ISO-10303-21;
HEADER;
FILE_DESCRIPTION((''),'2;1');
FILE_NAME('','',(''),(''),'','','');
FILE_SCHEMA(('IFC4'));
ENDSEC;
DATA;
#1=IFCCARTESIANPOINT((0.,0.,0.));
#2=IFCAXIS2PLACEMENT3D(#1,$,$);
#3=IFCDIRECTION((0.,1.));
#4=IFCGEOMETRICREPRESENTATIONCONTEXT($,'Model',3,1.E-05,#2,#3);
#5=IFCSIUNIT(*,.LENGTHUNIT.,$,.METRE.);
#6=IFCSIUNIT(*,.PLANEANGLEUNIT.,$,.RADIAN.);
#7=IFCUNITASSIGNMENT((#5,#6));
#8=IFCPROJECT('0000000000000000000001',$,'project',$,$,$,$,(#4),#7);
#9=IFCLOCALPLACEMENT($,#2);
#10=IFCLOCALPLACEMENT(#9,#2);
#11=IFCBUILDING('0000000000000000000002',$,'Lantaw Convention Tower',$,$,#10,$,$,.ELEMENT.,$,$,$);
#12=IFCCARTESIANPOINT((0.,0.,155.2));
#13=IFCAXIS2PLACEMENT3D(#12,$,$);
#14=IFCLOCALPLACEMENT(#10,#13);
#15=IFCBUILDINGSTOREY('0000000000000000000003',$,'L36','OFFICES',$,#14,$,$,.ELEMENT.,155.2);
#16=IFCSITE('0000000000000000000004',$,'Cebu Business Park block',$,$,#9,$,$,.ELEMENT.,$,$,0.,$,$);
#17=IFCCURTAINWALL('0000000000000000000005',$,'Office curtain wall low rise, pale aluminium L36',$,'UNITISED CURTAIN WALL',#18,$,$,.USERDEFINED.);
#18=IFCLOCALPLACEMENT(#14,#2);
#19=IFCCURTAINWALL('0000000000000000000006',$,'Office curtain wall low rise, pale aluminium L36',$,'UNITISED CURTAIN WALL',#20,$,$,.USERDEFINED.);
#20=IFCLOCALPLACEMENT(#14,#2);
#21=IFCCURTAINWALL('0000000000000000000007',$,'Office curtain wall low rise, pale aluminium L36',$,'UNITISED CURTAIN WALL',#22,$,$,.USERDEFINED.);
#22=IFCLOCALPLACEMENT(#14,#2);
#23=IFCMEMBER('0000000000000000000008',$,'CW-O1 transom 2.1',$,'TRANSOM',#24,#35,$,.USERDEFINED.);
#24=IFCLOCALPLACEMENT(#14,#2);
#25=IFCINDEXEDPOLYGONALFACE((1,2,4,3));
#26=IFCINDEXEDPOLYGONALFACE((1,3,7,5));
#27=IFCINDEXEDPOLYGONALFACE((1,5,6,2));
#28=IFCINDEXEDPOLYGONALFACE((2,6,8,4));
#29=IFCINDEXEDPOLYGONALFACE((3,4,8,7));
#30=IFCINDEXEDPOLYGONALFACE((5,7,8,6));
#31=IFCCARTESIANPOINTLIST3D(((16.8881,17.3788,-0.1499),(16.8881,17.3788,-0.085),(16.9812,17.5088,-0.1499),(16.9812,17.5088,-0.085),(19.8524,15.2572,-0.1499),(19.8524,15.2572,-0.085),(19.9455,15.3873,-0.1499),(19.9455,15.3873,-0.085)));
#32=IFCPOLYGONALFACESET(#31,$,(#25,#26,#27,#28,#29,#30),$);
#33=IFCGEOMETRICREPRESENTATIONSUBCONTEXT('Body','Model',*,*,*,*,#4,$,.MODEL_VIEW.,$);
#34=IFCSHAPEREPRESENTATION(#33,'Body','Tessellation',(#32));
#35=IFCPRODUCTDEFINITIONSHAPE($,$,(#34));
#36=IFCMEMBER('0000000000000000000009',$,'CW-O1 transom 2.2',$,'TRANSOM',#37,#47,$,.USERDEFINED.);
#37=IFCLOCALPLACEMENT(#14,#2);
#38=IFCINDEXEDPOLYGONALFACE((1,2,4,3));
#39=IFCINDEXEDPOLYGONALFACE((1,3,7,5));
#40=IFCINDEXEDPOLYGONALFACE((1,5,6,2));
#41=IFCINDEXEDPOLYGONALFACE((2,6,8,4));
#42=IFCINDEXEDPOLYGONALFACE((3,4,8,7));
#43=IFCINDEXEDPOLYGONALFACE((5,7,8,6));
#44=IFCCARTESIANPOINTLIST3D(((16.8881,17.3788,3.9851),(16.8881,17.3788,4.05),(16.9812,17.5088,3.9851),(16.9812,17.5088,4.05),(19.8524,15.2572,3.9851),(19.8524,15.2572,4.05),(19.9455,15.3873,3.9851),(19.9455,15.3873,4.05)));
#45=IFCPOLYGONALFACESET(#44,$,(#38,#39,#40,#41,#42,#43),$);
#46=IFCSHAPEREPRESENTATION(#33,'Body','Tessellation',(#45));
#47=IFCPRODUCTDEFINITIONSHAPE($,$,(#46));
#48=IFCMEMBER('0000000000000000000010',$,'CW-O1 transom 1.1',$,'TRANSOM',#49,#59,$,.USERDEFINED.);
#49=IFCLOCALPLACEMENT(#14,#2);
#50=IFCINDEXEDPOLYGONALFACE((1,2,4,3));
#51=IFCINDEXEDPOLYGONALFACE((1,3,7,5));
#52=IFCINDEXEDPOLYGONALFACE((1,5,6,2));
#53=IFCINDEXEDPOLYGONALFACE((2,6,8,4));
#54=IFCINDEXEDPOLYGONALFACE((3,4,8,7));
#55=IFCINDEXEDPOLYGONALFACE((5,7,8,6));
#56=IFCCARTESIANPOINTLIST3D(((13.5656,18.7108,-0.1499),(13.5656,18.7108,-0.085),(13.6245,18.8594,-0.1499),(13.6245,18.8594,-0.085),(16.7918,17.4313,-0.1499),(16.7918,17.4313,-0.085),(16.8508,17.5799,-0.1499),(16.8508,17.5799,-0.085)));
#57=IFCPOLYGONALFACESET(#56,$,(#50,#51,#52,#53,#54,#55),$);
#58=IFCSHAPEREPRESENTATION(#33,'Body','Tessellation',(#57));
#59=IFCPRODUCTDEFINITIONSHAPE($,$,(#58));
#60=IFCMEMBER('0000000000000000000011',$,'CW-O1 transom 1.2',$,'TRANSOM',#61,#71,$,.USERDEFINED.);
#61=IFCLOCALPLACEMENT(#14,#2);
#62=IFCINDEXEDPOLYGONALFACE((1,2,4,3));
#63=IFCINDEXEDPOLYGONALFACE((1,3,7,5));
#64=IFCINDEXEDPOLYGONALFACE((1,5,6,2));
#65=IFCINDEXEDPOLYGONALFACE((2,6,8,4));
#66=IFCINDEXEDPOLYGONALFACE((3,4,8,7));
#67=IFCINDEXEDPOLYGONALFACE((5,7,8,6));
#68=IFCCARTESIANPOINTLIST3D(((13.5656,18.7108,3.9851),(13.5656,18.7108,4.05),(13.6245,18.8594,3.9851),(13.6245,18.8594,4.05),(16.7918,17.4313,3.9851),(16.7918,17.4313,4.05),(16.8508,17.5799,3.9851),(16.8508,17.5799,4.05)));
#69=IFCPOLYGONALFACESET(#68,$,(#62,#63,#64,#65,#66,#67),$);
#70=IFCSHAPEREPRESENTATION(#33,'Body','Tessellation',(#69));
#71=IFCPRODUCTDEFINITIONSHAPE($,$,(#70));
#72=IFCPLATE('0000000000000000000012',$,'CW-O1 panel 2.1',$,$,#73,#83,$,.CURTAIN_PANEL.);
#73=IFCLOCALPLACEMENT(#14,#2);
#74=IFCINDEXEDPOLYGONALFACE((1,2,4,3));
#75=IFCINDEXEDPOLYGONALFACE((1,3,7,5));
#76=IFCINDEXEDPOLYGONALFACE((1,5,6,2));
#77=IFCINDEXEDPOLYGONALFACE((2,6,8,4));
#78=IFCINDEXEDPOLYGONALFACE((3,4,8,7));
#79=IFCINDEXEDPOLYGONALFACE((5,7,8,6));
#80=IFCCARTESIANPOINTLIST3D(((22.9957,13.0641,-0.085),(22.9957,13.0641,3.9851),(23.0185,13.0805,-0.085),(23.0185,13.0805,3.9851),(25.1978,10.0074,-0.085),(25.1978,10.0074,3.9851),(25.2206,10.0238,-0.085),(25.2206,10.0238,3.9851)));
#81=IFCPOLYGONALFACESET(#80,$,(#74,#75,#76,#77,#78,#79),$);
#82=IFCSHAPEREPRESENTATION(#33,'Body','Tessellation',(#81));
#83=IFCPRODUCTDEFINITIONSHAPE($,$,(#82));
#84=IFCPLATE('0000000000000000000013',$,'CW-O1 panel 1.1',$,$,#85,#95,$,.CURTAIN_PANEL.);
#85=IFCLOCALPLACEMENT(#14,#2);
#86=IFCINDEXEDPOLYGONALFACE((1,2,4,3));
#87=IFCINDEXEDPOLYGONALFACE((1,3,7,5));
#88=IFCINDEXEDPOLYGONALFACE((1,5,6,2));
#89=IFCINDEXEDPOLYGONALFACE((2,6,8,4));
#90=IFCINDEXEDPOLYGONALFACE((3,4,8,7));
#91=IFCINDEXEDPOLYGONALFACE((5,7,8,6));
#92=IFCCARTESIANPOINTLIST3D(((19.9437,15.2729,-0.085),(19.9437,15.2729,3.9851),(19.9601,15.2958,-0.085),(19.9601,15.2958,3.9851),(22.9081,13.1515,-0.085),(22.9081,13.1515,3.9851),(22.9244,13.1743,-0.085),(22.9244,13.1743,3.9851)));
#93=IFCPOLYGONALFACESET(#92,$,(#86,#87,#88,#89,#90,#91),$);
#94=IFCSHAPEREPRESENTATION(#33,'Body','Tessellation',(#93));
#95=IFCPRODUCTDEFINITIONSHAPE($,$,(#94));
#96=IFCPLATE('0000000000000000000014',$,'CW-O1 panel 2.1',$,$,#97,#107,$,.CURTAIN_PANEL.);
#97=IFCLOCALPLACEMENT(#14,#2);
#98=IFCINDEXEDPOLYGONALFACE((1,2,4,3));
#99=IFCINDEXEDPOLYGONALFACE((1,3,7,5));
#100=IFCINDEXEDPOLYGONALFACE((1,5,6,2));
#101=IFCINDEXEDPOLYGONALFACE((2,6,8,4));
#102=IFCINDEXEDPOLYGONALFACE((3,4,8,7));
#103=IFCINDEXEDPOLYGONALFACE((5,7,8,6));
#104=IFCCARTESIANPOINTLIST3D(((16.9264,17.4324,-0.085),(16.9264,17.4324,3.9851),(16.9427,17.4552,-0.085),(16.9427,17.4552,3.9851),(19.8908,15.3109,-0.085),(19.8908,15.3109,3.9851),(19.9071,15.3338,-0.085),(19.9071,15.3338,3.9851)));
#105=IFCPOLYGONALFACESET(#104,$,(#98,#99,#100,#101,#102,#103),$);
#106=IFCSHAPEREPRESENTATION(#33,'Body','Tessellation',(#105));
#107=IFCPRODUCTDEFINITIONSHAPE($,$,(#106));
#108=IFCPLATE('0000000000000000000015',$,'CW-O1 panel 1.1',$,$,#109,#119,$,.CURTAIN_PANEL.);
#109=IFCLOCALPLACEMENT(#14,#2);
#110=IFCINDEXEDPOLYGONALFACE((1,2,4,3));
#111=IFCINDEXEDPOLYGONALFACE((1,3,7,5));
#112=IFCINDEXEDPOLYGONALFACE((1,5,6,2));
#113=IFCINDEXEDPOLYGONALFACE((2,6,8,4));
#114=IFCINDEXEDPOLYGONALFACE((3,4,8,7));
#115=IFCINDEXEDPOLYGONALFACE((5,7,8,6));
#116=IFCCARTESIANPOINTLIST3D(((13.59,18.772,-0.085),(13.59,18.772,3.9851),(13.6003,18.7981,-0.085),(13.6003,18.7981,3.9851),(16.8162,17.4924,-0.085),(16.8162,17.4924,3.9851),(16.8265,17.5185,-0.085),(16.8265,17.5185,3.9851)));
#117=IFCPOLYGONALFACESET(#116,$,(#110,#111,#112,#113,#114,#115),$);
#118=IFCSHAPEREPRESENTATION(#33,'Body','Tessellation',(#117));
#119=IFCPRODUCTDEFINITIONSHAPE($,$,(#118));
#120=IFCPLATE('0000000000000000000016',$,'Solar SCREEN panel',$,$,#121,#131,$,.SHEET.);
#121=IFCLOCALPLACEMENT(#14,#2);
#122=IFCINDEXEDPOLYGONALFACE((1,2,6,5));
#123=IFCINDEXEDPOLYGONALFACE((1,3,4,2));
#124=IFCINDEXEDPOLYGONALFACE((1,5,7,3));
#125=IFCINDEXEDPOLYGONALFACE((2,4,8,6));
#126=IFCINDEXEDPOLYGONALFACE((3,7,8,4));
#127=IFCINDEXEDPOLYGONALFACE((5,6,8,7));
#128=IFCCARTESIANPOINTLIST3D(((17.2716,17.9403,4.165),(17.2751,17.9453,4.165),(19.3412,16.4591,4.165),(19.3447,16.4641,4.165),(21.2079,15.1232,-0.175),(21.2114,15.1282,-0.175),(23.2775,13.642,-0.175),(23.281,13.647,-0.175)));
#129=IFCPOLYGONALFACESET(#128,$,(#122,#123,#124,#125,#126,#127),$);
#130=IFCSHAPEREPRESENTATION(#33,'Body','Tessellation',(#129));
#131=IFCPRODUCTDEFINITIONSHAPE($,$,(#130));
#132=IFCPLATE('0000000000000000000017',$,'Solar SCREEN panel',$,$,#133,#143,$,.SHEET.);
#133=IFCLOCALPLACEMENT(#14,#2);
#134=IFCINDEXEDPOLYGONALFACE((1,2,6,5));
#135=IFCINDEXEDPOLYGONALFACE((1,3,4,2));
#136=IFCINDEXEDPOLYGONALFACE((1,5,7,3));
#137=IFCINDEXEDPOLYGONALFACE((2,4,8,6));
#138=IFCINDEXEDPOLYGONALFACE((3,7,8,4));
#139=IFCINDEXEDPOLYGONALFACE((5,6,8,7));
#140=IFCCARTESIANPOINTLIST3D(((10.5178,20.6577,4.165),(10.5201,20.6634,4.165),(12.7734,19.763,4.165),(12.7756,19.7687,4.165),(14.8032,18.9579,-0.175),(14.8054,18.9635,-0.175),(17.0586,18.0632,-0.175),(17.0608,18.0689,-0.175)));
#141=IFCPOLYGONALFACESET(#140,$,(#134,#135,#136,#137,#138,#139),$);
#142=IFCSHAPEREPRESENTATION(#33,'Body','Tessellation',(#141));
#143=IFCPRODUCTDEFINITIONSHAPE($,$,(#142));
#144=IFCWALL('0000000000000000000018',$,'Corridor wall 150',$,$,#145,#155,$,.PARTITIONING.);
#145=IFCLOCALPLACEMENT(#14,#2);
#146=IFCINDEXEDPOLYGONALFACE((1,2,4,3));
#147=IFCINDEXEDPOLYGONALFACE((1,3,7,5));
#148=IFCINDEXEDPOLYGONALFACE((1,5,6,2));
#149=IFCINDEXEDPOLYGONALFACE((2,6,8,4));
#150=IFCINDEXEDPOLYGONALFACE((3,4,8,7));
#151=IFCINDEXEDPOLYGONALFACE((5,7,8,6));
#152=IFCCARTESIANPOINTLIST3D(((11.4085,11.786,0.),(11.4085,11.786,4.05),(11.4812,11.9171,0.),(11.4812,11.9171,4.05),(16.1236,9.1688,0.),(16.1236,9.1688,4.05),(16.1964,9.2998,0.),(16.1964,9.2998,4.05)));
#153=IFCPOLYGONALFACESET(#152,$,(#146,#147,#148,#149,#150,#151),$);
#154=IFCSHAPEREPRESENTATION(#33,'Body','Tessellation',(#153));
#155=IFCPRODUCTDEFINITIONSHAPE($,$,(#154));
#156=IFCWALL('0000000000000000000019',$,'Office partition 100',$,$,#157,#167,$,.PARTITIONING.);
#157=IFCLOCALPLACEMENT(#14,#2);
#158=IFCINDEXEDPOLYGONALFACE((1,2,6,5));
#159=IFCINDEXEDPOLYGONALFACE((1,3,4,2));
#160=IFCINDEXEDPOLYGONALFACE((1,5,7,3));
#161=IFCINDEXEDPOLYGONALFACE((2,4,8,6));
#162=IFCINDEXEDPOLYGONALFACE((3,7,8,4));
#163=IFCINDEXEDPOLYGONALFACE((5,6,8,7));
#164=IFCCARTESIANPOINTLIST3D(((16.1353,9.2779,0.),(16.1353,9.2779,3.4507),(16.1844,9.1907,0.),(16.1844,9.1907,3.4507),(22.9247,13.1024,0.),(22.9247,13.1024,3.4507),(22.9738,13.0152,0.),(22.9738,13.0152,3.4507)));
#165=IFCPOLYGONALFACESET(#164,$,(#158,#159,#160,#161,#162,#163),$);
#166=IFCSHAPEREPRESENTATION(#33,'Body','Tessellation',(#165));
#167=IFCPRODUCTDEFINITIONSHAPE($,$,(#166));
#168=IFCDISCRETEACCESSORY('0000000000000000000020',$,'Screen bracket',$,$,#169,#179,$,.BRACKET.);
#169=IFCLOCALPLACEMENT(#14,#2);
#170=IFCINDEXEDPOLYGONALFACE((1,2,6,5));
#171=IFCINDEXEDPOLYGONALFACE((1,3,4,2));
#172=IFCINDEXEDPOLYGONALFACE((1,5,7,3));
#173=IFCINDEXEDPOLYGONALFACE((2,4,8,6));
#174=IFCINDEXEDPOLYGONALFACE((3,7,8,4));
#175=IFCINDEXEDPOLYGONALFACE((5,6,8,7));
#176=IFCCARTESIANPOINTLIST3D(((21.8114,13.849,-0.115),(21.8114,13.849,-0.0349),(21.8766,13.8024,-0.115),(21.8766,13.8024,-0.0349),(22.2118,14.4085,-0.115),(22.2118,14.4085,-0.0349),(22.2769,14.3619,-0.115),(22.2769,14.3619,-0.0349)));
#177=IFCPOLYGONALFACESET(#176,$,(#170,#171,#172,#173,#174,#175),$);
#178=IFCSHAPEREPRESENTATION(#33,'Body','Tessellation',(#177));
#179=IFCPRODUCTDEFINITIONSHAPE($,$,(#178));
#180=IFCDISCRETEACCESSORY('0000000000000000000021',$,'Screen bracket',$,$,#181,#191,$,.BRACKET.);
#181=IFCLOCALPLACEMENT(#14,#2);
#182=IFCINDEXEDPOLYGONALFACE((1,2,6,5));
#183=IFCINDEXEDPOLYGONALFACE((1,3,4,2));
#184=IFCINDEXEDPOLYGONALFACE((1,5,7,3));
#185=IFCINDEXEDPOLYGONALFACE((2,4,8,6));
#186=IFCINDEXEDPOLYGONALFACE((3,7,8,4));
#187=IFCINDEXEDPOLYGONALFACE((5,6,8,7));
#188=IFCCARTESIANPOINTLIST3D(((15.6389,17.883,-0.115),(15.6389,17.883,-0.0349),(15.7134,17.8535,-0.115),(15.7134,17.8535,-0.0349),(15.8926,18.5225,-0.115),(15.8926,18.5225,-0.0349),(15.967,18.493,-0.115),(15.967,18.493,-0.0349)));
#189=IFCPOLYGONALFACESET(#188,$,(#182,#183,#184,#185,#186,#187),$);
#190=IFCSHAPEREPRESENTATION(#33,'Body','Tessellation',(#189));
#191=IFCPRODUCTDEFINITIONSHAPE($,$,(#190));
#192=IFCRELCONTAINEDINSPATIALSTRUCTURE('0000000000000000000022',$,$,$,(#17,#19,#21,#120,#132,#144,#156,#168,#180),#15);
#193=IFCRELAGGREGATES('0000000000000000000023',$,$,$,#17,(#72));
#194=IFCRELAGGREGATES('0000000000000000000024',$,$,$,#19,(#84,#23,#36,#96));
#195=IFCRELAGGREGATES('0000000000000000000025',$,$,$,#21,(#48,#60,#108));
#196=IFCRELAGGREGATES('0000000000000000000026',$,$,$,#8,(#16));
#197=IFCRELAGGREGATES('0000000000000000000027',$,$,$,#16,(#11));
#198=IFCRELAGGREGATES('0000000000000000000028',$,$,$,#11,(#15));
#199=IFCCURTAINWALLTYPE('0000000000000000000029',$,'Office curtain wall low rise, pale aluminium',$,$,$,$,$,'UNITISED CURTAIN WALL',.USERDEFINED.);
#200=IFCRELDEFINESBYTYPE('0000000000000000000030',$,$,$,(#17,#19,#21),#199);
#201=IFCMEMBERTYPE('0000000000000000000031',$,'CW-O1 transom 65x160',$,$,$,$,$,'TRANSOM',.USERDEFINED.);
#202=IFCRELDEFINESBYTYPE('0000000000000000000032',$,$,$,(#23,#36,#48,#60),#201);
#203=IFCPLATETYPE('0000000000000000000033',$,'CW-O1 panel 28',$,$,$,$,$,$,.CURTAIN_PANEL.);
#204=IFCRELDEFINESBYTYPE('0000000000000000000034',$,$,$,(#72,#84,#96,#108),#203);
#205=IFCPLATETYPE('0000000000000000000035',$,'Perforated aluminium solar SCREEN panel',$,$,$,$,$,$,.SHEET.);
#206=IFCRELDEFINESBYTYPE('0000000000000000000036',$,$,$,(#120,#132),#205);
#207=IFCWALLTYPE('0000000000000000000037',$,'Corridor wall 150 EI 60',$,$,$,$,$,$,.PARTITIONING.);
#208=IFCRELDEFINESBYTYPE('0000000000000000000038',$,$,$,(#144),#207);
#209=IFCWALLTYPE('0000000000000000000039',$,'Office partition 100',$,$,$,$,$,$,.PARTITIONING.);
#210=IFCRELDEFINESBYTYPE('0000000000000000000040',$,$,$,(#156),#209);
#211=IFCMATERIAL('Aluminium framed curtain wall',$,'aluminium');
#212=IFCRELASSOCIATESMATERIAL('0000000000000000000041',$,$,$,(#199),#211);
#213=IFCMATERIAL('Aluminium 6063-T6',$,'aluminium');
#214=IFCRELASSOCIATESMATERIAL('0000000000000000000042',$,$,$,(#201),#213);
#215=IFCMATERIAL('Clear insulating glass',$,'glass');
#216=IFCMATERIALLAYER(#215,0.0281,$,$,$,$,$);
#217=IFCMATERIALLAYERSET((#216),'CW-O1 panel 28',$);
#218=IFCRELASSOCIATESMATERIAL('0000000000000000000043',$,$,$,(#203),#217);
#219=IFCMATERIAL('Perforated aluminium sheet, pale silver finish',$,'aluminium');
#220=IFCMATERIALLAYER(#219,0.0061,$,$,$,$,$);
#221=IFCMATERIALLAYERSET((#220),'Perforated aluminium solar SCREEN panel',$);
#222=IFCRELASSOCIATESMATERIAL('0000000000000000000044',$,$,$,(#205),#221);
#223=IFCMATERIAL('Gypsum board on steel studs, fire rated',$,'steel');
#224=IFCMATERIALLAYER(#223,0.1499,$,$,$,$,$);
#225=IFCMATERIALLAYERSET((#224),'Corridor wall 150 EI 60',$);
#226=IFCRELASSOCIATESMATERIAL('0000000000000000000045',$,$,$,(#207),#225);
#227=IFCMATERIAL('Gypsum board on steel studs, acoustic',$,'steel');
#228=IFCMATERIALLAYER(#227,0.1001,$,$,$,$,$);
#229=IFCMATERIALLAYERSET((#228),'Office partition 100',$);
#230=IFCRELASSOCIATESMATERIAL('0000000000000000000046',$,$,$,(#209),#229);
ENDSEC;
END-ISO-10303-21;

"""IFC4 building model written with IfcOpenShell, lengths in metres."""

from ifc_helpers import new_model, si_unit, direction, frame, frame_2d, origin, origin_2d, place, context, subcontext, project, spatial, polyline, rectangle, outline, extrude, material, layer, layer_set, material_profile, profile_set, type_object, element, aggregate, save


model = new_model("IFC4")

# Units and contexts
model_context = context("Model", 3, precision=1e-05, world=origin(), true_north=direction((0.0, 1.0)))
body_context = subcontext(model_context, "Body", "Model", "MODEL_VIEW")
ifc_project = project(units=[si_unit("LENGTHUNIT", "METRE"), si_unit("PLANEANGLEUNIT", "RADIAN")], contexts=[model_context])

# Site, building, storey
site_placement = place(None, origin())
site = spatial("IfcSite", under=ifc_project, at=site_placement, Name="Cebu Business Park block", CompositionType="ELEMENT", RefElevation=0.0)
building_placement = place(site_placement, origin())
building = spatial("IfcBuilding", under=site, at=building_placement, Name="Lantaw Convention Tower", CompositionType="ELEMENT")
storey_placement = place(building_placement, frame((0.0, 0.0, 155.2)))
storey = spatial("IfcBuildingStorey", under=building, at=storey_placement, Name="L36", Description="OFFICES", CompositionType="ELEMENT", Elevation=155.2)

# Curtain walls
ifc_material_1 = material(Name="Aluminium framed curtain wall", Category="aluminium")
curtain_wall_type = type_object("IfcCurtainWallType", Name="Office curtain wall low rise, pale aluminium", ElementType="UNITISED CURTAIN WALL", PredefinedType="USERDEFINED", material=ifc_material_1)
curtain_wall_1_placement = place(storey_placement, origin())
curtain_wall_1 = element("IfcCurtainWall", 1, at=curtain_wall_1_placement, inside=storey, type_object=curtain_wall_type, Name="Office curtain wall low rise, pale aluminium L36", ObjectType="UNITISED CURTAIN WALL", PredefinedType="USERDEFINED")
ifc_material_2 = material(Name="Aluminium 6063-T6", Category="aluminium")
curtain_wall_2_placement = place(storey_placement, origin())
curtain_wall_2 = element("IfcCurtainWall", 2, at=curtain_wall_2_placement, inside=storey, type_object=curtain_wall_type, Name="Office curtain wall low rise, pale aluminium L36", ObjectType="UNITISED CURTAIN WALL", PredefinedType="USERDEFINED")
curtain_wall_3_placement = place(storey_placement, origin())
curtain_wall_3 = element("IfcCurtainWall", 3, at=curtain_wall_3_placement, inside=storey, type_object=curtain_wall_type, Name="Office curtain wall low rise, pale aluminium L36", ObjectType="UNITISED CURTAIN WALL", PredefinedType="USERDEFINED")

# Members
ifc_material_profile_1 = material_profile(ifc_material_2, rectangle(XDim=0.1599, YDim=0.0649, at=origin_2d()), Name="CW-O1 transom 65x160")
ifc_profile_set_1 = profile_set([ifc_material_profile_1], Name="Aluminium 6063-T6")
member_type_1 = type_object("IfcMemberType", Name="CW-O1 transom 65x160", ElementType="TRANSOM", PredefinedType="USERDEFINED", material=ifc_profile_set_1)
member_1_placement = place(storey_placement, frame((19.8989, 15.3223, -0.1174), z_axis=(-0.81319, 0.581998, 0.0), x_axis=(-0.581998, -0.81319, 0.0)))
member_1 = element("IfcMember", 4, at=member_1_placement, type_object=member_type_1, Name="CW-O1 transom 2.1", ObjectType="TRANSOM", PredefinedType="USERDEFINED", context=body_context, shape_type="SweptSolid", body=[
    extrude(rectangle(XDim=0.1599, YDim=0.0649, at=origin_2d()), origin(), (0.0, 0.0, 1.0), 3.6453),
])
member_2_placement = place(storey_placement, frame((19.8989, 15.3223, 4.0176), z_axis=(-0.81319, 0.581998, 0.0), x_axis=(-0.581998, -0.81319, 0.0)))
member_2 = element("IfcMember", 5, at=member_2_placement, type_object=member_type_1, Name="CW-O1 transom 2.2", ObjectType="TRANSOM", PredefinedType="USERDEFINED", context=body_context, shape_type="SweptSolid", body=[
    extrude(rectangle(XDim=0.1599, YDim=0.0649, at=origin_2d()), origin(), (0.0, 0.0, 1.0), 3.6453),
])
member_3_placement = place(storey_placement, frame((16.8213, 17.5056, -0.1174), z_axis=(-0.929564, 0.36866, 0.0), x_axis=(-0.36866, -0.929564, 0.0)))
member_3 = element("IfcMember", 6, at=member_3_placement, type_object=member_type_1, Name="CW-O1 transom 1.1", ObjectType="TRANSOM", PredefinedType="USERDEFINED", context=body_context, shape_type="SweptSolid", body=[
    extrude(rectangle(XDim=0.1599, YDim=0.0649, at=origin_2d()), origin(), (0.0, 0.0, 1.0), 3.4707),
])
member_4_placement = place(storey_placement, frame((16.8213, 17.5056, 4.0176), z_axis=(-0.929564, 0.36866, 0.0), x_axis=(-0.36866, -0.929564, 0.0)))
member_4 = element("IfcMember", 7, at=member_4_placement, type_object=member_type_1, Name="CW-O1 transom 1.2", ObjectType="TRANSOM", PredefinedType="USERDEFINED", context=body_context, shape_type="SweptSolid", body=[
    extrude(rectangle(XDim=0.1599, YDim=0.0649, at=origin_2d()), origin(), (0.0, 0.0, 1.0), 3.4707),
])

# Plates
ifc_material_3 = material(Name="Clear insulating glass", Category="glass")
ifc_layer_1 = layer(ifc_material_3, 0.0281)
ifc_layer_set_1 = layer_set([ifc_layer_1], Name="CW-O1 panel 28")
plate_type_1 = type_object("IfcPlateType", Name="CW-O1 panel 28", PredefinedType="CURTAIN_PANEL", material=ifc_layer_set_1)
plate_1_placement = place(storey_placement, frame((24.1082, 11.5439, -0.085), z_axis=(0.0, 0.0, 1.0), x_axis=(-0.584513, 0.811385, 0.0)))
plate_1 = element("IfcPlate", 8, at=plate_1_placement, type_object=plate_type_1, Name="CW-O1 panel 2.1", PredefinedType="CURTAIN_PANEL", context=body_context, shape_type="SweptSolid", body=[
    extrude(rectangle(XDim=3.7673, YDim=0.0281, at=origin_2d()), origin(), (0.0, 0.0, 1.0), 4.0701),
])
aggregate(curtain_wall_1, [plate_1])
plate_2_placement = place(storey_placement, frame((21.4341, 14.2236, -0.085), z_axis=(0.0, 0.0, 1.0), x_axis=(-0.813208, 0.581973, 0.0)))
plate_2 = element("IfcPlate", 9, at=plate_2_placement, type_object=plate_type_1, Name="CW-O1 panel 1.1", PredefinedType="CURTAIN_PANEL", context=body_context, shape_type="SweptSolid", body=[
    extrude(rectangle(XDim=3.6453, YDim=0.0281, at=origin_2d()), origin(), (0.0, 0.0, 1.0), 4.0701),
])
plate_3_placement = place(storey_placement, frame((18.4167, 16.3831, -0.085), z_axis=(0.0, 0.0, 1.0), x_axis=(-0.813208, 0.581973, 0.0)))
plate_3 = element("IfcPlate", 10, at=plate_3_placement, type_object=plate_type_1, Name="CW-O1 panel 2.1", PredefinedType="CURTAIN_PANEL", context=body_context, shape_type="SweptSolid", body=[
    extrude(rectangle(XDim=3.6453, YDim=0.0281, at=origin_2d()), origin(), (0.0, 0.0, 1.0), 4.0701),
])
aggregate(curtain_wall_2, [plate_2, member_1, member_2, plate_3])
plate_4_placement = place(storey_placement, frame((15.2083, 18.1453, -0.085), z_axis=(0.0, 0.0, 1.0), x_axis=(-0.929548, 0.368702, 0.0)))
plate_4 = element("IfcPlate", 11, at=plate_4_placement, type_object=plate_type_1, Name="CW-O1 panel 1.1", PredefinedType="CURTAIN_PANEL", context=body_context, shape_type="SweptSolid", body=[
    extrude(rectangle(XDim=3.4707, YDim=0.0281, at=origin_2d()), origin(), (0.0, 0.0, 1.0), 4.0701),
])
aggregate(curtain_wall_3, [member_3, member_4, plate_4])

# Plates
ifc_material_4 = material(Name="Perforated aluminium sheet, pale silver finish", Category="aluminium")
ifc_layer_2 = layer(ifc_material_4, 0.0061)
ifc_layer_set_2 = layer_set([ifc_layer_2], Name="Perforated aluminium solar SCREEN panel")
plate_type_2 = type_object("IfcPlateType", Name="Perforated aluminium solar SCREEN panel", PredefinedType="SHEET", material=ifc_layer_set_2)
plate_5_placement = place(storey_placement, frame((23.281, 13.647, -0.175), z_axis=(0.582, 0.813189, 0.000012), x_axis=(-0.813189, 0.582, 0.0)))
element("IfcPlate", 12, at=plate_5_placement, inside=storey, type_object=plate_type_2, Name="Solar SCREEN panel", PredefinedType="SHEET", context=body_context, shape_type="SweptSolid", body=[
    extrude(outline(polyline([(0.0, 0.0), (2.545, 0.0), (7.3855, 4.3401), (4.8405, 4.3401), (0.0, 0.0)])), origin(), (0.0, 0.0, -1.0), 0.0061),
])
plate_6_placement = place(storey_placement, frame((17.0586, 18.0632, -0.175), z_axis=(-0.368709, -0.929545, 0.000011), x_axis=(-0.929545, 0.368709, 0.0)))
element("IfcPlate", 13, at=plate_6_placement, inside=storey, type_object=plate_type_2, Name="Solar SCREEN panel", PredefinedType="SHEET", context=body_context, shape_type="SweptSolid", body=[
    extrude(outline(polyline([(0.0, 0.0), (2.4264, 0.0), (7.0365, -4.3401), (4.61, -4.3401), (0.0, 0.0)])), origin(), (0.0, 0.0, -1.0), 0.0061),
])

# Walls
ifc_material_5 = material(Name="Gypsum board on steel studs, fire rated", Category="steel")
ifc_layer_3 = layer(ifc_material_5, 0.1499)
ifc_layer_set_3 = layer_set([ifc_layer_3], Name="Corridor wall 150 EI 60")
wall_type_1 = type_object("IfcWallType", Name="Corridor wall 150 EI 60", PredefinedType="PARTITIONING", material=ifc_layer_set_3)
wall_1_placement = place(storey_placement, frame((16.1599, 9.2344, 0.0), z_axis=(0.0, 0.0, 1.0), x_axis=(-0.874339, 0.485316, 0.0)))
element("IfcWall", 14, at=wall_1_placement, inside=storey, type_object=wall_type_1, Name="Corridor wall 150", PredefinedType="PARTITIONING", context=body_context, shape_type="SweptSolid", body=[
    extrude(rectangle(XDim=5.3928, YDim=0.1499, at=frame_2d((2.6963, 0.0))), origin(), (0.0, 0.0, 1.0), 4.05),
])
ifc_material_6 = material(Name="Gypsum board on steel studs, acoustic", Category="steel")
ifc_layer_4 = layer(ifc_material_6, 0.1001)
ifc_layer_set_4 = layer_set([ifc_layer_4], Name="Office partition 100")
wall_type_2 = type_object("IfcWallType", Name="Office partition 100", PredefinedType="PARTITIONING", material=ifc_layer_set_4)
wall_2_placement = place(storey_placement, frame((22.9492, 13.0588, 0.0), z_axis=(0.0, 0.0, 1.0), x_axis=(-0.871275, -0.490795, 0.0)))
element("IfcWall", 15, at=wall_2_placement, inside=storey, type_object=wall_type_2, Name="Office partition 100", PredefinedType="PARTITIONING", context=body_context, shape_type="SweptSolid", body=[
    extrude(rectangle(XDim=7.7925, YDim=0.1001, at=frame_2d((3.8962, 0.0))), origin(), (0.0, 0.0, 1.0), 3.4507),
])

# Discrete accessories
for number, where, z_axis, x_axis, name in (
    (16, (22.0442, 14.1055, -0.115), (0.0, 0.0, 1.0), (-0.813208, 0.581973, 0.0), "Screen bracket"),
    (17, (15.803, 18.188, -0.115), (0.0, 0.0, 1.0), (-0.929548, 0.368702, 0.0), "Screen bracket"),
):
    element("IfcDiscreteAccessory", number, at=place(storey_placement, frame(where, z_axis=z_axis, x_axis=x_axis)), inside=storey, Name=name, PredefinedType="BRACKET", context=body_context, shape_type="SweptSolid", body=[
        extrude(rectangle(XDim=0.0801, YDim=0.688, at=origin_2d()), origin(), (0.0, 0.0, 1.0), 0.0801),
    ])

save(model, "model.ifc")
